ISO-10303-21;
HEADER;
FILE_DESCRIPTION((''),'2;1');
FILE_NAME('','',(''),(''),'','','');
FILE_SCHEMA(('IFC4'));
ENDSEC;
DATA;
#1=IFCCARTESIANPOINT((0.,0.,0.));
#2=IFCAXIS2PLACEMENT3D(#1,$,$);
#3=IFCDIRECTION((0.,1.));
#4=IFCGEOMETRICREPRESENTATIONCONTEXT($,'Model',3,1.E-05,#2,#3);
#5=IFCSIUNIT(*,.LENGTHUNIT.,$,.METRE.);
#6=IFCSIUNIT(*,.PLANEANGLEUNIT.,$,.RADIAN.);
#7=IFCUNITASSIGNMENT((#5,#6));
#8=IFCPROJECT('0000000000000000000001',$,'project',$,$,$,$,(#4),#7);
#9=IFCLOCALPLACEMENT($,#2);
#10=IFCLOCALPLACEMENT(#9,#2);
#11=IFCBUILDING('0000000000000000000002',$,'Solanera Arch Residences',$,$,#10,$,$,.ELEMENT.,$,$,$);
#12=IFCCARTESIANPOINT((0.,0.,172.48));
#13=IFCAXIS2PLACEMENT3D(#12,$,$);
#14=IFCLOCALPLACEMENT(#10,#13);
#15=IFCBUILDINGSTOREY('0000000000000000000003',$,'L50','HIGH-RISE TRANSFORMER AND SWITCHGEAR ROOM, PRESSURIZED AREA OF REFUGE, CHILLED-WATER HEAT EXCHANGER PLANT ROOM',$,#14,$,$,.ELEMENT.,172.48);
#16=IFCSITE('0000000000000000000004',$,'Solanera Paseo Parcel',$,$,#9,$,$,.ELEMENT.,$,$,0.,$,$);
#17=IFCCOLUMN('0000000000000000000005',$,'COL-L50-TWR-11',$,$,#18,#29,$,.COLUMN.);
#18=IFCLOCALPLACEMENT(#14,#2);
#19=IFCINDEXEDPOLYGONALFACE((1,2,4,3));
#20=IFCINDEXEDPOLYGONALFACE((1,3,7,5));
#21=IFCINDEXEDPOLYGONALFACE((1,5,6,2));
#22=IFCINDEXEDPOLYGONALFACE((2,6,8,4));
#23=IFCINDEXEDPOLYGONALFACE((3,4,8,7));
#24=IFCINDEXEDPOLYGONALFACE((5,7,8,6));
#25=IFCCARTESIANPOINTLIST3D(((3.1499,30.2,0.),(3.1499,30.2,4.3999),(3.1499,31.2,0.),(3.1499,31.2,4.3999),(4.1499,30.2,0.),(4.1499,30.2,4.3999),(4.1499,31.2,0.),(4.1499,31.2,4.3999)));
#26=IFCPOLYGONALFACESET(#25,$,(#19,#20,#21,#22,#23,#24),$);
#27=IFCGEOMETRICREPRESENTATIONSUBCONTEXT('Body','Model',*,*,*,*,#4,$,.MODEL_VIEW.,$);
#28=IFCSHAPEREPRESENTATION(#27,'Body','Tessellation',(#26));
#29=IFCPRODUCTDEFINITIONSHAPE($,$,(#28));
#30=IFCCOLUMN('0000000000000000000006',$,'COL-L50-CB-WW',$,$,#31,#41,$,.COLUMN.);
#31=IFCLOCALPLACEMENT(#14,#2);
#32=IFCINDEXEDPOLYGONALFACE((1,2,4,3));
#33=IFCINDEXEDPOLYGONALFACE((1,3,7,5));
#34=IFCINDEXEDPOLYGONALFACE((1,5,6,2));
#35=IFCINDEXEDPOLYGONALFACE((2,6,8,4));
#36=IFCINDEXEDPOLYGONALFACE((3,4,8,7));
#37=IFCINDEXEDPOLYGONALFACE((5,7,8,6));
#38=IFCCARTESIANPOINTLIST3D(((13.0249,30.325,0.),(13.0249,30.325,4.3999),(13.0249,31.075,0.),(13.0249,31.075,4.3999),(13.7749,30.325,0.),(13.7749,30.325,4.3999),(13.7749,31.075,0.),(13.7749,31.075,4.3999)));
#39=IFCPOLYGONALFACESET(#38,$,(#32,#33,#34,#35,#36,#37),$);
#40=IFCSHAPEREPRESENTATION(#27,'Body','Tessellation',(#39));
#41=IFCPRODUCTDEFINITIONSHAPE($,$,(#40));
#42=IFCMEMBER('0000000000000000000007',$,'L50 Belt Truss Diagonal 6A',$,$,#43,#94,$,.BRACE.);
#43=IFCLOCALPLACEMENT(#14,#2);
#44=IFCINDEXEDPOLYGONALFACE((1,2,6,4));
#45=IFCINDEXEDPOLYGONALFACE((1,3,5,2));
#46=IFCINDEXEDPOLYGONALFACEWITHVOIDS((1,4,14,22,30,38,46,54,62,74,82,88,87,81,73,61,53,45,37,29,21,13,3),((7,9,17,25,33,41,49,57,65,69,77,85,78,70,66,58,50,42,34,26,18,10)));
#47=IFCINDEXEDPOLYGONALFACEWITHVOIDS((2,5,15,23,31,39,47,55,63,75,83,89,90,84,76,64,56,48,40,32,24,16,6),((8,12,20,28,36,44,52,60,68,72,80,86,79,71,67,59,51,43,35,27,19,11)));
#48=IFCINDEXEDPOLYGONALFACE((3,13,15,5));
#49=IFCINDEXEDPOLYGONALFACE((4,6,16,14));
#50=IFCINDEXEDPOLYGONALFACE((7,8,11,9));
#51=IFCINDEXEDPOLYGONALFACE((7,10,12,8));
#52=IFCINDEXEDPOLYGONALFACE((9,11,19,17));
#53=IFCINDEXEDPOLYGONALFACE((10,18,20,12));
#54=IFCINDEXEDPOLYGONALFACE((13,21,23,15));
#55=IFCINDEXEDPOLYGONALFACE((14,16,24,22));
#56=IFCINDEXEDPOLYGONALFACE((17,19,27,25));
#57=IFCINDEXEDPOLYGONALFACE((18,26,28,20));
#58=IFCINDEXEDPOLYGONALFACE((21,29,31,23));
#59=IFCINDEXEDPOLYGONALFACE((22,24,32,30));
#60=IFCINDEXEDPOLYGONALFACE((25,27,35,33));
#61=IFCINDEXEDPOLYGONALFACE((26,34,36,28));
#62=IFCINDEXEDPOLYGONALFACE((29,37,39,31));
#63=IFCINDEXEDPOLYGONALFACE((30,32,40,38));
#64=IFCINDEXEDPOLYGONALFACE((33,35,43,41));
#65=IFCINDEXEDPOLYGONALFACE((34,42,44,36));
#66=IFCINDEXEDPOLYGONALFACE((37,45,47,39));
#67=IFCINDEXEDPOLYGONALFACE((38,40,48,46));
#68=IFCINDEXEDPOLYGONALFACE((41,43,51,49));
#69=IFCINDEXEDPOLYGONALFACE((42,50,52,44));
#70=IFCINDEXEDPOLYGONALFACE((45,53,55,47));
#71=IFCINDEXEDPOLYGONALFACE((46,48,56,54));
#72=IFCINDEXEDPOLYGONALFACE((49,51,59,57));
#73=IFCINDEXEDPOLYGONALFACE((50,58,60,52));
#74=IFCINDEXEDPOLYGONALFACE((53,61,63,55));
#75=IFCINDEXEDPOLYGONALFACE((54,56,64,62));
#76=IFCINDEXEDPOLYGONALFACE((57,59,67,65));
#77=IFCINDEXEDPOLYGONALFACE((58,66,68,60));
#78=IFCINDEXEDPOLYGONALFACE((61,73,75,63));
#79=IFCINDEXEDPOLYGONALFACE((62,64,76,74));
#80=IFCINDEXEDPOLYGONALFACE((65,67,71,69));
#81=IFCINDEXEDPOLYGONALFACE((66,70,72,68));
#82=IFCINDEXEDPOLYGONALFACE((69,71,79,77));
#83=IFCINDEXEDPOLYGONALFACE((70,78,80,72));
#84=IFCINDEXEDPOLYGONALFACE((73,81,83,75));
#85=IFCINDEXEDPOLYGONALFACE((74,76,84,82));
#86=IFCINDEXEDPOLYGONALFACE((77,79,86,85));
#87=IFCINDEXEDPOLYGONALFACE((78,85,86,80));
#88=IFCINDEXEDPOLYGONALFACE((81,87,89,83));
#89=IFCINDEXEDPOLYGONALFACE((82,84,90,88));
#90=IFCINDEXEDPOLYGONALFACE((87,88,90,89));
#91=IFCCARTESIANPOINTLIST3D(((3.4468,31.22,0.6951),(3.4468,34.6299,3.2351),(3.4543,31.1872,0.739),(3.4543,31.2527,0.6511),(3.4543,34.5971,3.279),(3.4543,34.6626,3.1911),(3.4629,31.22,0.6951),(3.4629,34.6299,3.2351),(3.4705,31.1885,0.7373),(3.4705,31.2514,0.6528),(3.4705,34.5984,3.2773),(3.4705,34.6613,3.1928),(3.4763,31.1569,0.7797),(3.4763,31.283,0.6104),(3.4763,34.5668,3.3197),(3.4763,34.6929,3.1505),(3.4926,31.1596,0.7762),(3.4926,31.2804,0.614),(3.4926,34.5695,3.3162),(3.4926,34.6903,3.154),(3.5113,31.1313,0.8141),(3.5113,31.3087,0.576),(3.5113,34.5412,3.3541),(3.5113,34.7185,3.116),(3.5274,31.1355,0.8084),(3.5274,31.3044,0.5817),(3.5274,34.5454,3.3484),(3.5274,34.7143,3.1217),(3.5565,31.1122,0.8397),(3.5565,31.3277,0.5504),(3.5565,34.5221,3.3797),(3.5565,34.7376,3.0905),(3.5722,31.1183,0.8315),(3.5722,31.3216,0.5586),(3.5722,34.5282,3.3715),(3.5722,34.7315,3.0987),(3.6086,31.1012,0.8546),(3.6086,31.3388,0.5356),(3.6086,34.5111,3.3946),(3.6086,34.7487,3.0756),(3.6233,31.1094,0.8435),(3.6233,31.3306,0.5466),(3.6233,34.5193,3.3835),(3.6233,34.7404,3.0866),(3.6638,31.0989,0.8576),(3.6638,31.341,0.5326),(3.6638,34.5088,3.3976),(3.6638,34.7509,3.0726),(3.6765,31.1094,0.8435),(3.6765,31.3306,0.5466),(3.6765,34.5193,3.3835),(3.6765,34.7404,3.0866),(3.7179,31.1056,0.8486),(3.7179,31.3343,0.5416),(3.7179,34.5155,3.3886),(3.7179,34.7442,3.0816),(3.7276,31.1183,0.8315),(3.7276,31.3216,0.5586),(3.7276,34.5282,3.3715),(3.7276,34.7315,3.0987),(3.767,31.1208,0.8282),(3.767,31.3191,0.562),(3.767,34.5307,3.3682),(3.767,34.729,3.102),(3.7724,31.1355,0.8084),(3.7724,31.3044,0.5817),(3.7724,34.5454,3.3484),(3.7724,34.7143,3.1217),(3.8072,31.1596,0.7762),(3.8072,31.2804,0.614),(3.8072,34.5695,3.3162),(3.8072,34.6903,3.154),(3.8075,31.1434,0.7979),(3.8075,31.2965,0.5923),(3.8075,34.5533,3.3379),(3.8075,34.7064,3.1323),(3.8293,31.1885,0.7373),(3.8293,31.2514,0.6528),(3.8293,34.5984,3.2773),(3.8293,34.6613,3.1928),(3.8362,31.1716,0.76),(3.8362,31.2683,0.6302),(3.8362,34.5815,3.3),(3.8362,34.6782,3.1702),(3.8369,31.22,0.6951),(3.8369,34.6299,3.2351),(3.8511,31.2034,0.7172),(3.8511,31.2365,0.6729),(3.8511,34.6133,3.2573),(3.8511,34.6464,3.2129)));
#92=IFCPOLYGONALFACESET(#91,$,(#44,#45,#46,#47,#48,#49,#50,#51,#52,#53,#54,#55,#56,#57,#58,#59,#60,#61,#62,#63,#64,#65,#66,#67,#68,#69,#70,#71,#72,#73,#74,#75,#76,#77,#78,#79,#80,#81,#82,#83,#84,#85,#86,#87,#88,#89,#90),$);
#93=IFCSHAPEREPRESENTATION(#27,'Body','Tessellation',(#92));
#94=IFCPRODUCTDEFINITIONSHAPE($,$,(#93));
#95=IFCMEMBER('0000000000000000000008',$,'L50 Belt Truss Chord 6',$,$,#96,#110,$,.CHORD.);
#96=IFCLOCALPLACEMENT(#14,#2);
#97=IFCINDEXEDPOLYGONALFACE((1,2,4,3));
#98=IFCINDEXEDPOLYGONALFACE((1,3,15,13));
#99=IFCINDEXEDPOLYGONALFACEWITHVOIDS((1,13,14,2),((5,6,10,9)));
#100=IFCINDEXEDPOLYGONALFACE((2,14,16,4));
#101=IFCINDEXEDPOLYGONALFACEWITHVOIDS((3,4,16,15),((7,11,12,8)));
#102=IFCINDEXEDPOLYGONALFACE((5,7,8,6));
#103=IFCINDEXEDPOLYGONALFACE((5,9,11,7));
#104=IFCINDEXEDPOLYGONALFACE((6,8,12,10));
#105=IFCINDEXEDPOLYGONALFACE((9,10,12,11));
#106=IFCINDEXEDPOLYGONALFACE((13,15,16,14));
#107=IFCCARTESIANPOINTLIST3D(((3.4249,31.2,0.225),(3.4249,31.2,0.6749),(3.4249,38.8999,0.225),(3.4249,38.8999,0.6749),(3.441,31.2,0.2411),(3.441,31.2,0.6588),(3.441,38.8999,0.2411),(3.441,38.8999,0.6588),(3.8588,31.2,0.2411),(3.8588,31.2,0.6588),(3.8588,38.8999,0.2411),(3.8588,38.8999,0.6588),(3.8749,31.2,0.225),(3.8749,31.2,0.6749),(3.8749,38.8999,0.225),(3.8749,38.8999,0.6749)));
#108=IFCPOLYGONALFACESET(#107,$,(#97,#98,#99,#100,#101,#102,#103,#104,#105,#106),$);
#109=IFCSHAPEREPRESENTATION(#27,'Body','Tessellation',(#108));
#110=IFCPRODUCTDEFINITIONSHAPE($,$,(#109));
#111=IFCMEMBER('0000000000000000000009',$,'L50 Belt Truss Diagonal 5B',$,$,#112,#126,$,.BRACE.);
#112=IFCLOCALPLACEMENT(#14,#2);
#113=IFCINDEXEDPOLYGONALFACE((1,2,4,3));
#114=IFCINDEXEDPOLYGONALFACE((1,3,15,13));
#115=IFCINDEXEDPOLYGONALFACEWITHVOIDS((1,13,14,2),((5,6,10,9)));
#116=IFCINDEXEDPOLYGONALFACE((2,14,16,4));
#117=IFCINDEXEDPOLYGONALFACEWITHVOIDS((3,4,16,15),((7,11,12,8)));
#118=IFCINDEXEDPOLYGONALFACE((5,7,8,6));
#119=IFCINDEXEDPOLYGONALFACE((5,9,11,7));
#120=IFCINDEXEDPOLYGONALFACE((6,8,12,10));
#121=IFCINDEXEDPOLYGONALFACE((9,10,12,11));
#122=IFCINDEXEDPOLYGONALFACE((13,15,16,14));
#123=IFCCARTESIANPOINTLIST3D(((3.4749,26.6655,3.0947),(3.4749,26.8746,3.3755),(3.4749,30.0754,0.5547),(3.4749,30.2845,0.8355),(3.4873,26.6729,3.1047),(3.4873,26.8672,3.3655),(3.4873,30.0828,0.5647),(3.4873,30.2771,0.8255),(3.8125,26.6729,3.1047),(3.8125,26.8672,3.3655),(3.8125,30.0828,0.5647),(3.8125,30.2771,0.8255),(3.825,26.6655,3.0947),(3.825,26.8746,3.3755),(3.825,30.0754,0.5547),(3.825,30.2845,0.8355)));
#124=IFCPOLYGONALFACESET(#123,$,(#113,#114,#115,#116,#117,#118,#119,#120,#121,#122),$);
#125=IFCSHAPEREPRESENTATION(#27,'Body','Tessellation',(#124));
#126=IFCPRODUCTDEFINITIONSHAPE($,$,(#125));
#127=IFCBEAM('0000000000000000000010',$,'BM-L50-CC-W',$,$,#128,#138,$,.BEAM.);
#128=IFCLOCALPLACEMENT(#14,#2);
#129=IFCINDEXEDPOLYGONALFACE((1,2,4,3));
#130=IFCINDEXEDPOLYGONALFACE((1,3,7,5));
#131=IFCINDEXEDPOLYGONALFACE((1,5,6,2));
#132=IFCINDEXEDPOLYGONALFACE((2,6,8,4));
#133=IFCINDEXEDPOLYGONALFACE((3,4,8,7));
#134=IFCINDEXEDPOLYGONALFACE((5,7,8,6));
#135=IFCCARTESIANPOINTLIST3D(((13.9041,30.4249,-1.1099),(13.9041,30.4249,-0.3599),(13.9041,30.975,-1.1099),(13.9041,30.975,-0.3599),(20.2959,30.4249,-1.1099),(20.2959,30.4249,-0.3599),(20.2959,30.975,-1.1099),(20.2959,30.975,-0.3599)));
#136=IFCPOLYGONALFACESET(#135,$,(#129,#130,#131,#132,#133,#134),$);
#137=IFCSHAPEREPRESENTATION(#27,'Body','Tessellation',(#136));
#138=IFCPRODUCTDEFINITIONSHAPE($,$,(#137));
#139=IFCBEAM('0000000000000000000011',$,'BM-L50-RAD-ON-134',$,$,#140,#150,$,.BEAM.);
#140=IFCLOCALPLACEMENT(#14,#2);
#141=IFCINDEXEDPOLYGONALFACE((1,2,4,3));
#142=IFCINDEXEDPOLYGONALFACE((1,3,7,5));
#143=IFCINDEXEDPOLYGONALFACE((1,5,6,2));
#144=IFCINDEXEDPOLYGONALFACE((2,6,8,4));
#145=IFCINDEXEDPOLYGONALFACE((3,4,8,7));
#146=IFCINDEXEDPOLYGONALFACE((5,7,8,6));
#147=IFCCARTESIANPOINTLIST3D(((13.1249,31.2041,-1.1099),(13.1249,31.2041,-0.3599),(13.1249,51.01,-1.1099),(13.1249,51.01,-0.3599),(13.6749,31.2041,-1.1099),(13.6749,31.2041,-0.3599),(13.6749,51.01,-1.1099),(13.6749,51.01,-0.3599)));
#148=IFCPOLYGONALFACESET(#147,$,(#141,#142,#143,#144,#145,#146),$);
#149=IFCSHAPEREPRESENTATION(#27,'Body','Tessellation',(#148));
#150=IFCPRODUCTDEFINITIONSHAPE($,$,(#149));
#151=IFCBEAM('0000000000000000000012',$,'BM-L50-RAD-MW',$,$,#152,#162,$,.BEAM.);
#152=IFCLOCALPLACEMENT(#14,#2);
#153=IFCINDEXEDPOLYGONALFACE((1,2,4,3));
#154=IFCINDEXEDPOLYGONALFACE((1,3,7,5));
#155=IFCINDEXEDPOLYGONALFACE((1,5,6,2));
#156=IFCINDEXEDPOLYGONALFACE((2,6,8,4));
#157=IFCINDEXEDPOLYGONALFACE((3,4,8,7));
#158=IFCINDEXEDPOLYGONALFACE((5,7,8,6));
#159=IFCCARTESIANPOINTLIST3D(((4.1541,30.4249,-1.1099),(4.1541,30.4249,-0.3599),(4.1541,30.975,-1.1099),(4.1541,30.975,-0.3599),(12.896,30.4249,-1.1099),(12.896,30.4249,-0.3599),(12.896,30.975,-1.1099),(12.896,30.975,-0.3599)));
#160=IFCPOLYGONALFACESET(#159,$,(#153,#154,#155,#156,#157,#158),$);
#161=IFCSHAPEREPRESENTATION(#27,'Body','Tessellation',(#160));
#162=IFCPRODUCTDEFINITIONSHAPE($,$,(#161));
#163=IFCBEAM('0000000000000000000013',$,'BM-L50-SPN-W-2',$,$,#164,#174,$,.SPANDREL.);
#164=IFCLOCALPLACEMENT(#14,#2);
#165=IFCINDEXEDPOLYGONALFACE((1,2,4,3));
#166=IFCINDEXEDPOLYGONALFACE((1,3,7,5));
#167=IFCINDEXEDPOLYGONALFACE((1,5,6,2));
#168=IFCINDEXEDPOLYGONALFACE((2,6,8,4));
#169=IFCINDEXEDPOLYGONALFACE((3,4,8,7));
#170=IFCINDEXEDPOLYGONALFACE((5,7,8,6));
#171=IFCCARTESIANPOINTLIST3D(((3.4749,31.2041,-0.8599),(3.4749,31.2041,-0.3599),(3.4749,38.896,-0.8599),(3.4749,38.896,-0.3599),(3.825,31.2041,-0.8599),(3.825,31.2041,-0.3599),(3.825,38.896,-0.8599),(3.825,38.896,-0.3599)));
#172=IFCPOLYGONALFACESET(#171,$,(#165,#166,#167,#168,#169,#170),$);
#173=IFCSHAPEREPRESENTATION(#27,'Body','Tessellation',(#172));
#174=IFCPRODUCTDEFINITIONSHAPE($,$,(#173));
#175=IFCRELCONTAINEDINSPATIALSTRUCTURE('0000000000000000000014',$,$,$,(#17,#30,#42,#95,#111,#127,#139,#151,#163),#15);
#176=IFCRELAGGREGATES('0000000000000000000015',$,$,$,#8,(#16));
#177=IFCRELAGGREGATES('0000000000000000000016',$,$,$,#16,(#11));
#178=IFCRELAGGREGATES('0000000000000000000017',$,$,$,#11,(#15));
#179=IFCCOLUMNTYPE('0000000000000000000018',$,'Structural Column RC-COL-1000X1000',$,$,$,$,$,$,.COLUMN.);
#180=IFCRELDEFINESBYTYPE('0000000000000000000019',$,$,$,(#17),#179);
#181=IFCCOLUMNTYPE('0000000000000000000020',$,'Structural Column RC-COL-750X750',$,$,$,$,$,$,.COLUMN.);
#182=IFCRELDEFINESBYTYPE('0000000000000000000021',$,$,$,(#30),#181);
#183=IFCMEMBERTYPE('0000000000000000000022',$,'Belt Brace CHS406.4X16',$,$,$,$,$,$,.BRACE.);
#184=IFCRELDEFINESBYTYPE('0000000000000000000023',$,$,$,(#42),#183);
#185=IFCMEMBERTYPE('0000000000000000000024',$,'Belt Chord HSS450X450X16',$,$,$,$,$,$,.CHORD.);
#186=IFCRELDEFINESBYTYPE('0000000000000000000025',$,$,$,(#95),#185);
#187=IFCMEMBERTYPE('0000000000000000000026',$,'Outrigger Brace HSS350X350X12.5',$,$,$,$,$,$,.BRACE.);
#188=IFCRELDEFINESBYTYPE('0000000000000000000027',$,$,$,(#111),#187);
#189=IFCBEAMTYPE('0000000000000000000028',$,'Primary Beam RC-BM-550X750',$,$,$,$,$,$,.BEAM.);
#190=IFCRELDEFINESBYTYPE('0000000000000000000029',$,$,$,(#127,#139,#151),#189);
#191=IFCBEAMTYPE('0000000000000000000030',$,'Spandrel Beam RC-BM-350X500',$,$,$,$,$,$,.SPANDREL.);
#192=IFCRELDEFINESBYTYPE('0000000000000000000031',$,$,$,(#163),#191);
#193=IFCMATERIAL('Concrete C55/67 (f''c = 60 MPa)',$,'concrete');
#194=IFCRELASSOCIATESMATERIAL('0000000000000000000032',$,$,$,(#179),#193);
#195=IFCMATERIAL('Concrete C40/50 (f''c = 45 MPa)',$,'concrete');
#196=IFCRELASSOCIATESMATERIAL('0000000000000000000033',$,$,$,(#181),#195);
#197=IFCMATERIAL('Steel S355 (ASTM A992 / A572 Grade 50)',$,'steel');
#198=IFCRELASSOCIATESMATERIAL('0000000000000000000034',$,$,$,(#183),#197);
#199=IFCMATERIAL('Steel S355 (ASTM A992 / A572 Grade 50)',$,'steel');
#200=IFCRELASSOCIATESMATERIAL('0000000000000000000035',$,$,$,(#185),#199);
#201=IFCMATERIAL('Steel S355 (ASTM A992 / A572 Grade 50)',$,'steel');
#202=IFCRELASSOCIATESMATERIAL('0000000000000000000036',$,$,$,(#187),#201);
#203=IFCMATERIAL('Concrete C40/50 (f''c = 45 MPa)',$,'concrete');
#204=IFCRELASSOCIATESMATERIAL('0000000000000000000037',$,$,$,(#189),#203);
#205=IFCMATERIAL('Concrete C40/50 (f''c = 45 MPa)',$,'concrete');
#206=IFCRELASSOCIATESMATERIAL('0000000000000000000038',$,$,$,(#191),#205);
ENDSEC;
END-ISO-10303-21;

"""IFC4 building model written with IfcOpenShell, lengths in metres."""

from ifc_helpers import new_model, si_unit, direction, frame, origin, origin_2d, place, context, subcontext, project, spatial, rectangle, hollow_rectangle, hollow_circle, extrude, material, material_profile, profile_set, type_object, element, save


model = new_model("IFC4")

# Units and contexts
model_context = context("Model", 3, precision=1e-05, world=origin(), true_north=direction((0.0, 1.0)))
body_context = subcontext(model_context, "Body", "Model", "MODEL_VIEW")
ifc_project = project(units=[si_unit("LENGTHUNIT", "METRE"), si_unit("PLANEANGLEUNIT", "RADIAN")], contexts=[model_context])

# Site, building, storey
site_placement = place(None, origin())
site = spatial("IfcSite", under=ifc_project, at=site_placement, Name="Solanera Paseo Parcel", CompositionType="ELEMENT", RefElevation=0.0)
building_placement = place(site_placement, origin())
building = spatial("IfcBuilding", under=site, at=building_placement, Name="Solanera Arch Residences", CompositionType="ELEMENT")
storey_placement = place(building_placement, frame((0.0, 0.0, 172.48)))
storey = spatial("IfcBuildingStorey", under=building, at=storey_placement, Name="L50", Description="HIGH-RISE TRANSFORMER AND SWITCHGEAR ROOM, PRESSURIZED AREA OF REFUGE, CHILLED-WATER HEAT EXCHANGER PLANT ROOM", CompositionType="ELEMENT", Elevation=172.48)

# Columns
ifc_material_1 = material(Name="Concrete C55/67 (f'c = 60 MPa)", Category="concrete")
ifc_material_profile_1 = material_profile(ifc_material_1, rectangle(XDim=1.0, YDim=1.0, at=origin_2d()))
ifc_profile_set_1 = profile_set([ifc_material_profile_1], Name="Concrete C55/67 (f'c = 60 MPa)")
column_type_1 = type_object("IfcColumnType", Name="Structural Column RC-COL-1000X1000", PredefinedType="COLUMN", material=ifc_profile_set_1)
column_1_placement = place(storey_placement, frame((3.6499, 30.7, 0.0), z_axis=(0.0, 0.0, 1.0), x_axis=(1.0, 0.0, 0.0)))
element("IfcColumn", 1, at=column_1_placement, inside=storey, type_object=column_type_1, Name="COL-L50-TWR-11", PredefinedType="COLUMN", context=body_context, shape_type="SweptSolid", body=[
    extrude(rectangle(XDim=1.0, YDim=1.0, at=origin_2d()), origin(), (0.0, 0.0, 1.0), 4.3999),
])
ifc_material_2 = material(Name="Concrete C40/50 (f'c = 45 MPa)", Category="concrete")
ifc_material_profile_2 = material_profile(ifc_material_2, rectangle(XDim=0.75, YDim=0.75, at=origin_2d()))
ifc_profile_set_2 = profile_set([ifc_material_profile_2], Name="Concrete C40/50 (f'c = 45 MPa)")
column_type_2 = type_object("IfcColumnType", Name="Structural Column RC-COL-750X750", PredefinedType="COLUMN", material=ifc_profile_set_2)
column_2_placement = place(storey_placement, frame((13.3999, 30.7, 0.0), z_axis=(0.0, 0.0, 1.0), x_axis=(1.0, 0.0, 0.0)))
element("IfcColumn", 2, at=column_2_placement, inside=storey, type_object=column_type_2, Name="COL-L50-CB-WW", PredefinedType="COLUMN", context=body_context, shape_type="SweptSolid", body=[
    extrude(rectangle(XDim=0.75, YDim=0.75, at=origin_2d()), origin(), (0.0, 0.0, 1.0), 4.3999),
])

# Members
ifc_material_3 = material(Name="Steel S355 (ASTM A992 / A572 Grade 50)", Category="steel")
ifc_material_profile_3 = material_profile(ifc_material_3, hollow_circle(Radius=0.2031, WallThickness=0.0161, at=origin_2d()))
ifc_profile_set_3 = profile_set([ifc_material_profile_3], Name="Steel S355 (ASTM A992 / A572 Grade 50)")
member_type_1 = type_object("IfcMemberType", Name="Belt Brace CHS406.4X16", PredefinedType="BRACE", material=ifc_profile_set_3)
member_1_placement = place(storey_placement, frame((3.6499, 31.22, 0.6951), z_axis=(0.0, 0.801959, 0.597379), x_axis=(-1.0, 0.0, 0.0)))
element("IfcMember", 3, at=member_1_placement, inside=storey, type_object=member_type_1, Name="L50 Belt Truss Diagonal 6A", PredefinedType="BRACE", context=body_context, shape_type="SweptSolid", body=[
    extrude(hollow_circle(Radius=0.2031, WallThickness=0.0161, at=origin_2d()), origin(), (0.0, 0.0, 1.0), 4.252),
])
ifc_material_4 = material(Name="Steel S355 (ASTM A992 / A572 Grade 50)", Category="steel")
ifc_material_profile_4 = material_profile(ifc_material_4, hollow_rectangle(XDim=0.45, YDim=0.45, WallThickness=0.0161, at=origin_2d()))
ifc_profile_set_4 = profile_set([ifc_material_profile_4], Name="Steel S355 (ASTM A992 / A572 Grade 50)")
member_type_2 = type_object("IfcMemberType", Name="Belt Chord HSS450X450X16", PredefinedType="CHORD", material=ifc_profile_set_4)
member_2_placement = place(storey_placement, frame((3.6499, 31.2, 0.45), z_axis=(0.0, 1.0, 0.0), x_axis=(-1.0, 0.0, 0.0)))
element("IfcMember", 4, at=member_2_placement, inside=storey, type_object=member_type_2, Name="L50 Belt Truss Chord 6", PredefinedType="CHORD", context=body_context, shape_type="SweptSolid", body=[
    extrude(hollow_rectangle(XDim=0.45, YDim=0.45, WallThickness=0.0161, at=origin_2d()), origin(), (0.0, 0.0, 1.0), 7.7),
])
ifc_material_5 = material(Name="Steel S355 (ASTM A992 / A572 Grade 50)", Category="steel")
ifc_material_profile_5 = material_profile(ifc_material_5, hollow_rectangle(XDim=0.3501, YDim=0.3501, WallThickness=0.0125, at=origin_2d()))
ifc_profile_set_5 = profile_set([ifc_material_profile_5], Name="Steel S355 (ASTM A992 / A572 Grade 50)")
member_type_3 = type_object("IfcMemberType", Name="Outrigger Brace HSS350X350X12.5", PredefinedType="BRACE", material=ifc_profile_set_5)
member_3_placement = place(storey_placement, frame((3.6499, 30.1799, 0.6951), z_axis=(0.0, -0.801959, 0.597379), x_axis=(1.0, 0.0, 0.0)))
element("IfcMember", 5, at=member_3_placement, inside=storey, type_object=member_type_3, Name="L50 Belt Truss Diagonal 5B", PredefinedType="BRACE", context=body_context, shape_type="SweptSolid", body=[
    extrude(hollow_rectangle(XDim=0.3501, YDim=0.3501, WallThickness=0.0125, at=origin_2d()), origin(), (0.0, 0.0, 1.0), 4.252),
])

# Beams
ifc_material_6 = material(Name="Concrete C40/50 (f'c = 45 MPa)", Category="concrete")
ifc_material_profile_6 = material_profile(ifc_material_6, rectangle(XDim=0.55, YDim=0.75, at=origin_2d()))
ifc_profile_set_6 = profile_set([ifc_material_profile_6], Name="Concrete C40/50 (f'c = 45 MPa)")
beam_type_1 = type_object("IfcBeamType", Name="Primary Beam RC-BM-550X750", PredefinedType="BEAM", material=ifc_profile_set_6)
beam_1_placement = place(storey_placement, frame((13.9041, 30.7, -0.7349), z_axis=(1.0, 0.0, 0.0), x_axis=(0.0, 1.0, 0.0)))
element("IfcBeam", 6, at=beam_1_placement, inside=storey, type_object=beam_type_1, Name="BM-L50-CC-W", PredefinedType="BEAM", context=body_context, shape_type="SweptSolid", body=[
    extrude(rectangle(XDim=0.55, YDim=0.75, at=origin_2d()), origin(), (0.0, 0.0, 1.0), 6.3918),
])
beam_2_placement = place(storey_placement, frame((13.3999, 31.2041, -0.7349), z_axis=(0.0, 1.0, 0.0), x_axis=(-1.0, 0.0, 0.0)))
element("IfcBeam", 7, at=beam_2_placement, inside=storey, type_object=beam_type_1, Name="BM-L50-RAD-ON-134", PredefinedType="BEAM", context=body_context, shape_type="SweptSolid", body=[
    extrude(rectangle(XDim=0.55, YDim=0.75, at=origin_2d()), origin(), (0.0, 0.0, 1.0), 19.8059),
])
beam_3_placement = place(storey_placement, frame((4.1541, 30.7, -0.7349), z_axis=(1.0, 0.0, 0.0), x_axis=(0.0, 1.0, 0.0)))
element("IfcBeam", 8, at=beam_3_placement, inside=storey, type_object=beam_type_1, Name="BM-L50-RAD-MW", PredefinedType="BEAM", context=body_context, shape_type="SweptSolid", body=[
    extrude(rectangle(XDim=0.55, YDim=0.75, at=origin_2d()), origin(), (0.0, 0.0, 1.0), 8.7419),
])
ifc_material_7 = material(Name="Concrete C40/50 (f'c = 45 MPa)", Category="concrete")
ifc_material_profile_7 = material_profile(ifc_material_7, rectangle(XDim=0.3501, YDim=0.5, at=origin_2d()))
ifc_profile_set_7 = profile_set([ifc_material_profile_7], Name="Concrete C40/50 (f'c = 45 MPa)")
beam_type_2 = type_object("IfcBeamType", Name="Spandrel Beam RC-BM-350X500", PredefinedType="SPANDREL", material=ifc_profile_set_7)
beam_4_placement = place(storey_placement, frame((3.6499, 31.2041, -0.6099), z_axis=(0.0, 1.0, 0.0), x_axis=(-1.0, 0.0, 0.0)))
element("IfcBeam", 9, at=beam_4_placement, inside=storey, type_object=beam_type_2, Name="BM-L50-SPN-W-2", PredefinedType="SPANDREL", context=body_context, shape_type="SweptSolid", body=[
    extrude(rectangle(XDim=0.3501, YDim=0.5, at=origin_2d()), origin(), (0.0, 0.0, 1.0), 7.6919),
])

save(model, "model.ifc")
